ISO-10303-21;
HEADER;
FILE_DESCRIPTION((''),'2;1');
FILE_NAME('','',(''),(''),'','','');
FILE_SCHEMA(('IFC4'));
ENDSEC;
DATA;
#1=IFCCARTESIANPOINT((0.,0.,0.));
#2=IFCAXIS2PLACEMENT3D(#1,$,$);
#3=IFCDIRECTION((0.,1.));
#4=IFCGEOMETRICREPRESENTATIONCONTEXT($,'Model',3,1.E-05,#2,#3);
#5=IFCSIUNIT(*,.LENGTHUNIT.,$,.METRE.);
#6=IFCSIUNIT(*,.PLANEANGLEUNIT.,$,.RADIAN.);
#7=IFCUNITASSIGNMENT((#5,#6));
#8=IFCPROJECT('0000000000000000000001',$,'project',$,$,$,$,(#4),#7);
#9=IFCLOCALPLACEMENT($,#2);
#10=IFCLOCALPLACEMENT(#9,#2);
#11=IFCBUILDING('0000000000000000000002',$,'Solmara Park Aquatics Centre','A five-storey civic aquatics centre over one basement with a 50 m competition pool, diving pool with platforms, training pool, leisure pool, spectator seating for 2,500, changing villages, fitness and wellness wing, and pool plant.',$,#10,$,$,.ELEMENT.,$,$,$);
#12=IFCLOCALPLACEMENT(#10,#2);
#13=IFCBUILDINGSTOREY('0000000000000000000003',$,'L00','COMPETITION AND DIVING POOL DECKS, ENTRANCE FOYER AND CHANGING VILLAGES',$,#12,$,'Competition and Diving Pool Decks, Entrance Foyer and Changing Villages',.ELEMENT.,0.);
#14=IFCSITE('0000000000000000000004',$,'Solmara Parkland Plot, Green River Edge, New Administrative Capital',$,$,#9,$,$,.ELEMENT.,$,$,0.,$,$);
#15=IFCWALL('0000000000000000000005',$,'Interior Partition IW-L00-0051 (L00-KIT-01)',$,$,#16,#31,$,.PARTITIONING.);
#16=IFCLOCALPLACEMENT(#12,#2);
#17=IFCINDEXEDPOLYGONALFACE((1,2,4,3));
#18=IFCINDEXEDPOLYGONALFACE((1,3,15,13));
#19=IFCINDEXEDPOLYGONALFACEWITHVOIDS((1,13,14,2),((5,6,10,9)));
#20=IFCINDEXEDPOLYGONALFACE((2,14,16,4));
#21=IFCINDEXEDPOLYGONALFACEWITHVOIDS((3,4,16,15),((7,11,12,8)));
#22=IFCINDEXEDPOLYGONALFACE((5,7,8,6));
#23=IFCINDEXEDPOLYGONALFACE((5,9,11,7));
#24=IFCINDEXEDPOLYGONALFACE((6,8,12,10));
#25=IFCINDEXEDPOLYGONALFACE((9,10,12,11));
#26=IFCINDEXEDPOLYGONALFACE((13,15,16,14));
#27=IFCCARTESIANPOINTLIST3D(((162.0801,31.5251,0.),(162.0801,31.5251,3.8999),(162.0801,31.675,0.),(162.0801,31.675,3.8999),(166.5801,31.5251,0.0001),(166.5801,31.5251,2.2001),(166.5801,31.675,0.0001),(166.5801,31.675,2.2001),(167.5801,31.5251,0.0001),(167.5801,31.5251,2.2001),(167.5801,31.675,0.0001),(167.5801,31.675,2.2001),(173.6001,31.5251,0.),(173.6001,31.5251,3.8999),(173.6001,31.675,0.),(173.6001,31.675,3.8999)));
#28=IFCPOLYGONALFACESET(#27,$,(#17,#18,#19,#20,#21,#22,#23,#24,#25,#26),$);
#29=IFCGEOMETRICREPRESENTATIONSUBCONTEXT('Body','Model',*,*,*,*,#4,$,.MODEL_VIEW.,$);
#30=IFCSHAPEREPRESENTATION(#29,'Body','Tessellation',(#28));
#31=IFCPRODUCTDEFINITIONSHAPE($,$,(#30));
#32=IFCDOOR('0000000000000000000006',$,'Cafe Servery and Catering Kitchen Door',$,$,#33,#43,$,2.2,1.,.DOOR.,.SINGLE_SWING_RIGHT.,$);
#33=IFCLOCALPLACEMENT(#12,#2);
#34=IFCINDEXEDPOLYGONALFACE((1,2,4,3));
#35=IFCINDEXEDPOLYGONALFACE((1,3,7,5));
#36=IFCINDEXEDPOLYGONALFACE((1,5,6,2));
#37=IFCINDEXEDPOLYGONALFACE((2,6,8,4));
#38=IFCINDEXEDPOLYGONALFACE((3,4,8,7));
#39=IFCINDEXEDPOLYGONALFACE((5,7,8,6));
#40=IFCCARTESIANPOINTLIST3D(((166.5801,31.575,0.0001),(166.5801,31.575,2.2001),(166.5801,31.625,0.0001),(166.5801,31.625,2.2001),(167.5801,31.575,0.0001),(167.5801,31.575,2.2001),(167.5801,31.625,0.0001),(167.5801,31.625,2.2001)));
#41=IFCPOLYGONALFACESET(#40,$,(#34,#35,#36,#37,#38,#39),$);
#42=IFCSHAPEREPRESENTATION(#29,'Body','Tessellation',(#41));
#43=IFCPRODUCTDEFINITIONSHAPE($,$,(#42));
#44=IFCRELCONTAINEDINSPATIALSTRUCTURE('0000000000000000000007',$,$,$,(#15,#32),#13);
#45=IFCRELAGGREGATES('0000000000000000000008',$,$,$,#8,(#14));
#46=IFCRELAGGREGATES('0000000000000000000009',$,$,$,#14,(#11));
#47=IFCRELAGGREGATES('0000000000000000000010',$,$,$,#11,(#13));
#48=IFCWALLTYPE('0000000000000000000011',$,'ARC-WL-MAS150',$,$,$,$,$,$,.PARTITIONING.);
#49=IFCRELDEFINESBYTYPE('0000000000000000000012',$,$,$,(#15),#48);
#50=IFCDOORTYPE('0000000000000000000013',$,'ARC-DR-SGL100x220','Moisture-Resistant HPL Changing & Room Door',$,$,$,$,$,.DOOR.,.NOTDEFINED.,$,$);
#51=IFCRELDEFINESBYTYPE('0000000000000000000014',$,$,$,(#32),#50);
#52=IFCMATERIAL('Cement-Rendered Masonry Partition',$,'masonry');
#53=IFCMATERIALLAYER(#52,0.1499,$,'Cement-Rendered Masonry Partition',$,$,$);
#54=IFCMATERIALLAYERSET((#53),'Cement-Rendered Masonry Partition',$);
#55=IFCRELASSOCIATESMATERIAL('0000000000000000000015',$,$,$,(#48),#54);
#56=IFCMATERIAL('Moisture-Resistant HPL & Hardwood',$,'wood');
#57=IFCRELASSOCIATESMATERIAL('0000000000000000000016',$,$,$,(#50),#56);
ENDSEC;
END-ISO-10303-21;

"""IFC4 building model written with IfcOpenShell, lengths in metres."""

from ifc_helpers import new_model, si_unit, direction, frame, frame_2d, origin, place, context, subcontext, project, spatial, rectangle, extrude, material, layer, layer_set, type_object, element, fill, save


model = new_model("IFC4")

# Units and contexts
model_context = context("Model", 3, precision=1e-05, world=origin(), true_north=direction((0.0, 1.0)))
body_context = subcontext(model_context, "Body", "Model", "MODEL_VIEW")
ifc_project = project(units=[si_unit("LENGTHUNIT", "METRE"), si_unit("PLANEANGLEUNIT", "RADIAN")], contexts=[model_context])

# Site, building, storey
site_placement = place(None, origin())
site = spatial("IfcSite", under=ifc_project, at=site_placement, Name="Solmara Parkland Plot, Green River Edge, New Administrative Capital", CompositionType="ELEMENT", RefElevation=0.0)
building_placement = place(site_placement, origin())
building = spatial("IfcBuilding", under=site, at=building_placement, Name="Solmara Park Aquatics Centre", Description="A five-storey civic aquatics centre over one basement with a 50 m competition pool, diving pool with platforms, training pool, leisure pool, spectator seating for 2,500, changing villages, fitness and wellness wing, and pool plant.", CompositionType="ELEMENT")
storey_placement = place(building_placement, origin())
storey = spatial("IfcBuildingStorey", under=building, at=storey_placement, Name="L00", Description="COMPETITION AND DIVING POOL DECKS, ENTRANCE FOYER AND CHANGING VILLAGES", LongName="Competition and Diving Pool Decks, Entrance Foyer and Changing Villages", CompositionType="ELEMENT", Elevation=0.0)

# Wall, opening, door
ifc_material_1 = material(Name="Moisture-Resistant HPL & Hardwood", Category="wood")
ifc_material_2 = material(Name="Cement-Rendered Masonry Partition", Category="masonry")
ifc_layer_1 = layer(ifc_material_2, 0.1499, Name="Cement-Rendered Masonry Partition")
ifc_layer_set_1 = layer_set([ifc_layer_1], Name="Cement-Rendered Masonry Partition")
wall_type_1 = type_object("IfcWallType", Name="ARC-WL-MAS150", PredefinedType="PARTITIONING", material=ifc_layer_set_1)
wall_1_placement = place(storey_placement, frame((162.0801, 31.6001, 0.0), z_axis=(0.0, 0.0, 1.0), x_axis=(1.0, 0.0, 0.0)))
wall_1 = element("IfcWall", 1, at=wall_1_placement, inside=storey, type_object=wall_type_1, Name="Interior Partition IW-L00-0051 (L00-KIT-01)", PredefinedType="PARTITIONING", context=body_context, shape_type="SweptSolid", body=[
    extrude(rectangle(XDim=11.52, YDim=0.1499, at=frame_2d((5.76, 0.0))), origin(), (0.0, 0.0, 1.0), 3.8999),
])
opening_1_placement = place(wall_1_placement, frame((4.5, 0.0, 0.0)))
opening_1 = element("IfcOpeningElement", 2, at=opening_1_placement, cuts=wall_1, PredefinedType="OPENING", context=body_context, shape_type="SweptSolid", body=[
    extrude(rectangle(XDim=1.0, YDim=2.2, at=frame_2d((0.5, 1.1001))), frame((0.0, 0.085, 0.0), z_axis=(0.0, -1.0, 0.0), x_axis=(1.0, 0.0, 0.0)), (0.0, 0.0, 1.0), 0.1699),
])
door_type_1 = type_object("IfcDoorType", Name="ARC-DR-SGL100x220", Description="Moisture-Resistant HPL Changing & Room Door", OperationType="NOTDEFINED", PredefinedType="DOOR", material=ifc_material_1)
door_1_placement = place(opening_1_placement, origin())
door_1 = element("IfcDoor", 3, at=door_1_placement, inside=storey, type_object=door_type_1, Name="Cafe Servery and Catering Kitchen Door", OperationType="SINGLE_SWING_RIGHT", OverallHeight=2.2, OverallWidth=1.0, PredefinedType="DOOR", context=body_context, shape_type="SweptSolid", body=[
    extrude(rectangle(XDim=1.0, YDim=2.2, at=frame_2d((0.5, 1.1001))), frame((0.0, 0.0249, 0.0), z_axis=(0.0, -1.0, 0.0), x_axis=(1.0, 0.0, 0.0)), (0.0, 0.0, 1.0), 0.05),
])
fill(opening_1, door_1)

save(model, "model.ifc")
